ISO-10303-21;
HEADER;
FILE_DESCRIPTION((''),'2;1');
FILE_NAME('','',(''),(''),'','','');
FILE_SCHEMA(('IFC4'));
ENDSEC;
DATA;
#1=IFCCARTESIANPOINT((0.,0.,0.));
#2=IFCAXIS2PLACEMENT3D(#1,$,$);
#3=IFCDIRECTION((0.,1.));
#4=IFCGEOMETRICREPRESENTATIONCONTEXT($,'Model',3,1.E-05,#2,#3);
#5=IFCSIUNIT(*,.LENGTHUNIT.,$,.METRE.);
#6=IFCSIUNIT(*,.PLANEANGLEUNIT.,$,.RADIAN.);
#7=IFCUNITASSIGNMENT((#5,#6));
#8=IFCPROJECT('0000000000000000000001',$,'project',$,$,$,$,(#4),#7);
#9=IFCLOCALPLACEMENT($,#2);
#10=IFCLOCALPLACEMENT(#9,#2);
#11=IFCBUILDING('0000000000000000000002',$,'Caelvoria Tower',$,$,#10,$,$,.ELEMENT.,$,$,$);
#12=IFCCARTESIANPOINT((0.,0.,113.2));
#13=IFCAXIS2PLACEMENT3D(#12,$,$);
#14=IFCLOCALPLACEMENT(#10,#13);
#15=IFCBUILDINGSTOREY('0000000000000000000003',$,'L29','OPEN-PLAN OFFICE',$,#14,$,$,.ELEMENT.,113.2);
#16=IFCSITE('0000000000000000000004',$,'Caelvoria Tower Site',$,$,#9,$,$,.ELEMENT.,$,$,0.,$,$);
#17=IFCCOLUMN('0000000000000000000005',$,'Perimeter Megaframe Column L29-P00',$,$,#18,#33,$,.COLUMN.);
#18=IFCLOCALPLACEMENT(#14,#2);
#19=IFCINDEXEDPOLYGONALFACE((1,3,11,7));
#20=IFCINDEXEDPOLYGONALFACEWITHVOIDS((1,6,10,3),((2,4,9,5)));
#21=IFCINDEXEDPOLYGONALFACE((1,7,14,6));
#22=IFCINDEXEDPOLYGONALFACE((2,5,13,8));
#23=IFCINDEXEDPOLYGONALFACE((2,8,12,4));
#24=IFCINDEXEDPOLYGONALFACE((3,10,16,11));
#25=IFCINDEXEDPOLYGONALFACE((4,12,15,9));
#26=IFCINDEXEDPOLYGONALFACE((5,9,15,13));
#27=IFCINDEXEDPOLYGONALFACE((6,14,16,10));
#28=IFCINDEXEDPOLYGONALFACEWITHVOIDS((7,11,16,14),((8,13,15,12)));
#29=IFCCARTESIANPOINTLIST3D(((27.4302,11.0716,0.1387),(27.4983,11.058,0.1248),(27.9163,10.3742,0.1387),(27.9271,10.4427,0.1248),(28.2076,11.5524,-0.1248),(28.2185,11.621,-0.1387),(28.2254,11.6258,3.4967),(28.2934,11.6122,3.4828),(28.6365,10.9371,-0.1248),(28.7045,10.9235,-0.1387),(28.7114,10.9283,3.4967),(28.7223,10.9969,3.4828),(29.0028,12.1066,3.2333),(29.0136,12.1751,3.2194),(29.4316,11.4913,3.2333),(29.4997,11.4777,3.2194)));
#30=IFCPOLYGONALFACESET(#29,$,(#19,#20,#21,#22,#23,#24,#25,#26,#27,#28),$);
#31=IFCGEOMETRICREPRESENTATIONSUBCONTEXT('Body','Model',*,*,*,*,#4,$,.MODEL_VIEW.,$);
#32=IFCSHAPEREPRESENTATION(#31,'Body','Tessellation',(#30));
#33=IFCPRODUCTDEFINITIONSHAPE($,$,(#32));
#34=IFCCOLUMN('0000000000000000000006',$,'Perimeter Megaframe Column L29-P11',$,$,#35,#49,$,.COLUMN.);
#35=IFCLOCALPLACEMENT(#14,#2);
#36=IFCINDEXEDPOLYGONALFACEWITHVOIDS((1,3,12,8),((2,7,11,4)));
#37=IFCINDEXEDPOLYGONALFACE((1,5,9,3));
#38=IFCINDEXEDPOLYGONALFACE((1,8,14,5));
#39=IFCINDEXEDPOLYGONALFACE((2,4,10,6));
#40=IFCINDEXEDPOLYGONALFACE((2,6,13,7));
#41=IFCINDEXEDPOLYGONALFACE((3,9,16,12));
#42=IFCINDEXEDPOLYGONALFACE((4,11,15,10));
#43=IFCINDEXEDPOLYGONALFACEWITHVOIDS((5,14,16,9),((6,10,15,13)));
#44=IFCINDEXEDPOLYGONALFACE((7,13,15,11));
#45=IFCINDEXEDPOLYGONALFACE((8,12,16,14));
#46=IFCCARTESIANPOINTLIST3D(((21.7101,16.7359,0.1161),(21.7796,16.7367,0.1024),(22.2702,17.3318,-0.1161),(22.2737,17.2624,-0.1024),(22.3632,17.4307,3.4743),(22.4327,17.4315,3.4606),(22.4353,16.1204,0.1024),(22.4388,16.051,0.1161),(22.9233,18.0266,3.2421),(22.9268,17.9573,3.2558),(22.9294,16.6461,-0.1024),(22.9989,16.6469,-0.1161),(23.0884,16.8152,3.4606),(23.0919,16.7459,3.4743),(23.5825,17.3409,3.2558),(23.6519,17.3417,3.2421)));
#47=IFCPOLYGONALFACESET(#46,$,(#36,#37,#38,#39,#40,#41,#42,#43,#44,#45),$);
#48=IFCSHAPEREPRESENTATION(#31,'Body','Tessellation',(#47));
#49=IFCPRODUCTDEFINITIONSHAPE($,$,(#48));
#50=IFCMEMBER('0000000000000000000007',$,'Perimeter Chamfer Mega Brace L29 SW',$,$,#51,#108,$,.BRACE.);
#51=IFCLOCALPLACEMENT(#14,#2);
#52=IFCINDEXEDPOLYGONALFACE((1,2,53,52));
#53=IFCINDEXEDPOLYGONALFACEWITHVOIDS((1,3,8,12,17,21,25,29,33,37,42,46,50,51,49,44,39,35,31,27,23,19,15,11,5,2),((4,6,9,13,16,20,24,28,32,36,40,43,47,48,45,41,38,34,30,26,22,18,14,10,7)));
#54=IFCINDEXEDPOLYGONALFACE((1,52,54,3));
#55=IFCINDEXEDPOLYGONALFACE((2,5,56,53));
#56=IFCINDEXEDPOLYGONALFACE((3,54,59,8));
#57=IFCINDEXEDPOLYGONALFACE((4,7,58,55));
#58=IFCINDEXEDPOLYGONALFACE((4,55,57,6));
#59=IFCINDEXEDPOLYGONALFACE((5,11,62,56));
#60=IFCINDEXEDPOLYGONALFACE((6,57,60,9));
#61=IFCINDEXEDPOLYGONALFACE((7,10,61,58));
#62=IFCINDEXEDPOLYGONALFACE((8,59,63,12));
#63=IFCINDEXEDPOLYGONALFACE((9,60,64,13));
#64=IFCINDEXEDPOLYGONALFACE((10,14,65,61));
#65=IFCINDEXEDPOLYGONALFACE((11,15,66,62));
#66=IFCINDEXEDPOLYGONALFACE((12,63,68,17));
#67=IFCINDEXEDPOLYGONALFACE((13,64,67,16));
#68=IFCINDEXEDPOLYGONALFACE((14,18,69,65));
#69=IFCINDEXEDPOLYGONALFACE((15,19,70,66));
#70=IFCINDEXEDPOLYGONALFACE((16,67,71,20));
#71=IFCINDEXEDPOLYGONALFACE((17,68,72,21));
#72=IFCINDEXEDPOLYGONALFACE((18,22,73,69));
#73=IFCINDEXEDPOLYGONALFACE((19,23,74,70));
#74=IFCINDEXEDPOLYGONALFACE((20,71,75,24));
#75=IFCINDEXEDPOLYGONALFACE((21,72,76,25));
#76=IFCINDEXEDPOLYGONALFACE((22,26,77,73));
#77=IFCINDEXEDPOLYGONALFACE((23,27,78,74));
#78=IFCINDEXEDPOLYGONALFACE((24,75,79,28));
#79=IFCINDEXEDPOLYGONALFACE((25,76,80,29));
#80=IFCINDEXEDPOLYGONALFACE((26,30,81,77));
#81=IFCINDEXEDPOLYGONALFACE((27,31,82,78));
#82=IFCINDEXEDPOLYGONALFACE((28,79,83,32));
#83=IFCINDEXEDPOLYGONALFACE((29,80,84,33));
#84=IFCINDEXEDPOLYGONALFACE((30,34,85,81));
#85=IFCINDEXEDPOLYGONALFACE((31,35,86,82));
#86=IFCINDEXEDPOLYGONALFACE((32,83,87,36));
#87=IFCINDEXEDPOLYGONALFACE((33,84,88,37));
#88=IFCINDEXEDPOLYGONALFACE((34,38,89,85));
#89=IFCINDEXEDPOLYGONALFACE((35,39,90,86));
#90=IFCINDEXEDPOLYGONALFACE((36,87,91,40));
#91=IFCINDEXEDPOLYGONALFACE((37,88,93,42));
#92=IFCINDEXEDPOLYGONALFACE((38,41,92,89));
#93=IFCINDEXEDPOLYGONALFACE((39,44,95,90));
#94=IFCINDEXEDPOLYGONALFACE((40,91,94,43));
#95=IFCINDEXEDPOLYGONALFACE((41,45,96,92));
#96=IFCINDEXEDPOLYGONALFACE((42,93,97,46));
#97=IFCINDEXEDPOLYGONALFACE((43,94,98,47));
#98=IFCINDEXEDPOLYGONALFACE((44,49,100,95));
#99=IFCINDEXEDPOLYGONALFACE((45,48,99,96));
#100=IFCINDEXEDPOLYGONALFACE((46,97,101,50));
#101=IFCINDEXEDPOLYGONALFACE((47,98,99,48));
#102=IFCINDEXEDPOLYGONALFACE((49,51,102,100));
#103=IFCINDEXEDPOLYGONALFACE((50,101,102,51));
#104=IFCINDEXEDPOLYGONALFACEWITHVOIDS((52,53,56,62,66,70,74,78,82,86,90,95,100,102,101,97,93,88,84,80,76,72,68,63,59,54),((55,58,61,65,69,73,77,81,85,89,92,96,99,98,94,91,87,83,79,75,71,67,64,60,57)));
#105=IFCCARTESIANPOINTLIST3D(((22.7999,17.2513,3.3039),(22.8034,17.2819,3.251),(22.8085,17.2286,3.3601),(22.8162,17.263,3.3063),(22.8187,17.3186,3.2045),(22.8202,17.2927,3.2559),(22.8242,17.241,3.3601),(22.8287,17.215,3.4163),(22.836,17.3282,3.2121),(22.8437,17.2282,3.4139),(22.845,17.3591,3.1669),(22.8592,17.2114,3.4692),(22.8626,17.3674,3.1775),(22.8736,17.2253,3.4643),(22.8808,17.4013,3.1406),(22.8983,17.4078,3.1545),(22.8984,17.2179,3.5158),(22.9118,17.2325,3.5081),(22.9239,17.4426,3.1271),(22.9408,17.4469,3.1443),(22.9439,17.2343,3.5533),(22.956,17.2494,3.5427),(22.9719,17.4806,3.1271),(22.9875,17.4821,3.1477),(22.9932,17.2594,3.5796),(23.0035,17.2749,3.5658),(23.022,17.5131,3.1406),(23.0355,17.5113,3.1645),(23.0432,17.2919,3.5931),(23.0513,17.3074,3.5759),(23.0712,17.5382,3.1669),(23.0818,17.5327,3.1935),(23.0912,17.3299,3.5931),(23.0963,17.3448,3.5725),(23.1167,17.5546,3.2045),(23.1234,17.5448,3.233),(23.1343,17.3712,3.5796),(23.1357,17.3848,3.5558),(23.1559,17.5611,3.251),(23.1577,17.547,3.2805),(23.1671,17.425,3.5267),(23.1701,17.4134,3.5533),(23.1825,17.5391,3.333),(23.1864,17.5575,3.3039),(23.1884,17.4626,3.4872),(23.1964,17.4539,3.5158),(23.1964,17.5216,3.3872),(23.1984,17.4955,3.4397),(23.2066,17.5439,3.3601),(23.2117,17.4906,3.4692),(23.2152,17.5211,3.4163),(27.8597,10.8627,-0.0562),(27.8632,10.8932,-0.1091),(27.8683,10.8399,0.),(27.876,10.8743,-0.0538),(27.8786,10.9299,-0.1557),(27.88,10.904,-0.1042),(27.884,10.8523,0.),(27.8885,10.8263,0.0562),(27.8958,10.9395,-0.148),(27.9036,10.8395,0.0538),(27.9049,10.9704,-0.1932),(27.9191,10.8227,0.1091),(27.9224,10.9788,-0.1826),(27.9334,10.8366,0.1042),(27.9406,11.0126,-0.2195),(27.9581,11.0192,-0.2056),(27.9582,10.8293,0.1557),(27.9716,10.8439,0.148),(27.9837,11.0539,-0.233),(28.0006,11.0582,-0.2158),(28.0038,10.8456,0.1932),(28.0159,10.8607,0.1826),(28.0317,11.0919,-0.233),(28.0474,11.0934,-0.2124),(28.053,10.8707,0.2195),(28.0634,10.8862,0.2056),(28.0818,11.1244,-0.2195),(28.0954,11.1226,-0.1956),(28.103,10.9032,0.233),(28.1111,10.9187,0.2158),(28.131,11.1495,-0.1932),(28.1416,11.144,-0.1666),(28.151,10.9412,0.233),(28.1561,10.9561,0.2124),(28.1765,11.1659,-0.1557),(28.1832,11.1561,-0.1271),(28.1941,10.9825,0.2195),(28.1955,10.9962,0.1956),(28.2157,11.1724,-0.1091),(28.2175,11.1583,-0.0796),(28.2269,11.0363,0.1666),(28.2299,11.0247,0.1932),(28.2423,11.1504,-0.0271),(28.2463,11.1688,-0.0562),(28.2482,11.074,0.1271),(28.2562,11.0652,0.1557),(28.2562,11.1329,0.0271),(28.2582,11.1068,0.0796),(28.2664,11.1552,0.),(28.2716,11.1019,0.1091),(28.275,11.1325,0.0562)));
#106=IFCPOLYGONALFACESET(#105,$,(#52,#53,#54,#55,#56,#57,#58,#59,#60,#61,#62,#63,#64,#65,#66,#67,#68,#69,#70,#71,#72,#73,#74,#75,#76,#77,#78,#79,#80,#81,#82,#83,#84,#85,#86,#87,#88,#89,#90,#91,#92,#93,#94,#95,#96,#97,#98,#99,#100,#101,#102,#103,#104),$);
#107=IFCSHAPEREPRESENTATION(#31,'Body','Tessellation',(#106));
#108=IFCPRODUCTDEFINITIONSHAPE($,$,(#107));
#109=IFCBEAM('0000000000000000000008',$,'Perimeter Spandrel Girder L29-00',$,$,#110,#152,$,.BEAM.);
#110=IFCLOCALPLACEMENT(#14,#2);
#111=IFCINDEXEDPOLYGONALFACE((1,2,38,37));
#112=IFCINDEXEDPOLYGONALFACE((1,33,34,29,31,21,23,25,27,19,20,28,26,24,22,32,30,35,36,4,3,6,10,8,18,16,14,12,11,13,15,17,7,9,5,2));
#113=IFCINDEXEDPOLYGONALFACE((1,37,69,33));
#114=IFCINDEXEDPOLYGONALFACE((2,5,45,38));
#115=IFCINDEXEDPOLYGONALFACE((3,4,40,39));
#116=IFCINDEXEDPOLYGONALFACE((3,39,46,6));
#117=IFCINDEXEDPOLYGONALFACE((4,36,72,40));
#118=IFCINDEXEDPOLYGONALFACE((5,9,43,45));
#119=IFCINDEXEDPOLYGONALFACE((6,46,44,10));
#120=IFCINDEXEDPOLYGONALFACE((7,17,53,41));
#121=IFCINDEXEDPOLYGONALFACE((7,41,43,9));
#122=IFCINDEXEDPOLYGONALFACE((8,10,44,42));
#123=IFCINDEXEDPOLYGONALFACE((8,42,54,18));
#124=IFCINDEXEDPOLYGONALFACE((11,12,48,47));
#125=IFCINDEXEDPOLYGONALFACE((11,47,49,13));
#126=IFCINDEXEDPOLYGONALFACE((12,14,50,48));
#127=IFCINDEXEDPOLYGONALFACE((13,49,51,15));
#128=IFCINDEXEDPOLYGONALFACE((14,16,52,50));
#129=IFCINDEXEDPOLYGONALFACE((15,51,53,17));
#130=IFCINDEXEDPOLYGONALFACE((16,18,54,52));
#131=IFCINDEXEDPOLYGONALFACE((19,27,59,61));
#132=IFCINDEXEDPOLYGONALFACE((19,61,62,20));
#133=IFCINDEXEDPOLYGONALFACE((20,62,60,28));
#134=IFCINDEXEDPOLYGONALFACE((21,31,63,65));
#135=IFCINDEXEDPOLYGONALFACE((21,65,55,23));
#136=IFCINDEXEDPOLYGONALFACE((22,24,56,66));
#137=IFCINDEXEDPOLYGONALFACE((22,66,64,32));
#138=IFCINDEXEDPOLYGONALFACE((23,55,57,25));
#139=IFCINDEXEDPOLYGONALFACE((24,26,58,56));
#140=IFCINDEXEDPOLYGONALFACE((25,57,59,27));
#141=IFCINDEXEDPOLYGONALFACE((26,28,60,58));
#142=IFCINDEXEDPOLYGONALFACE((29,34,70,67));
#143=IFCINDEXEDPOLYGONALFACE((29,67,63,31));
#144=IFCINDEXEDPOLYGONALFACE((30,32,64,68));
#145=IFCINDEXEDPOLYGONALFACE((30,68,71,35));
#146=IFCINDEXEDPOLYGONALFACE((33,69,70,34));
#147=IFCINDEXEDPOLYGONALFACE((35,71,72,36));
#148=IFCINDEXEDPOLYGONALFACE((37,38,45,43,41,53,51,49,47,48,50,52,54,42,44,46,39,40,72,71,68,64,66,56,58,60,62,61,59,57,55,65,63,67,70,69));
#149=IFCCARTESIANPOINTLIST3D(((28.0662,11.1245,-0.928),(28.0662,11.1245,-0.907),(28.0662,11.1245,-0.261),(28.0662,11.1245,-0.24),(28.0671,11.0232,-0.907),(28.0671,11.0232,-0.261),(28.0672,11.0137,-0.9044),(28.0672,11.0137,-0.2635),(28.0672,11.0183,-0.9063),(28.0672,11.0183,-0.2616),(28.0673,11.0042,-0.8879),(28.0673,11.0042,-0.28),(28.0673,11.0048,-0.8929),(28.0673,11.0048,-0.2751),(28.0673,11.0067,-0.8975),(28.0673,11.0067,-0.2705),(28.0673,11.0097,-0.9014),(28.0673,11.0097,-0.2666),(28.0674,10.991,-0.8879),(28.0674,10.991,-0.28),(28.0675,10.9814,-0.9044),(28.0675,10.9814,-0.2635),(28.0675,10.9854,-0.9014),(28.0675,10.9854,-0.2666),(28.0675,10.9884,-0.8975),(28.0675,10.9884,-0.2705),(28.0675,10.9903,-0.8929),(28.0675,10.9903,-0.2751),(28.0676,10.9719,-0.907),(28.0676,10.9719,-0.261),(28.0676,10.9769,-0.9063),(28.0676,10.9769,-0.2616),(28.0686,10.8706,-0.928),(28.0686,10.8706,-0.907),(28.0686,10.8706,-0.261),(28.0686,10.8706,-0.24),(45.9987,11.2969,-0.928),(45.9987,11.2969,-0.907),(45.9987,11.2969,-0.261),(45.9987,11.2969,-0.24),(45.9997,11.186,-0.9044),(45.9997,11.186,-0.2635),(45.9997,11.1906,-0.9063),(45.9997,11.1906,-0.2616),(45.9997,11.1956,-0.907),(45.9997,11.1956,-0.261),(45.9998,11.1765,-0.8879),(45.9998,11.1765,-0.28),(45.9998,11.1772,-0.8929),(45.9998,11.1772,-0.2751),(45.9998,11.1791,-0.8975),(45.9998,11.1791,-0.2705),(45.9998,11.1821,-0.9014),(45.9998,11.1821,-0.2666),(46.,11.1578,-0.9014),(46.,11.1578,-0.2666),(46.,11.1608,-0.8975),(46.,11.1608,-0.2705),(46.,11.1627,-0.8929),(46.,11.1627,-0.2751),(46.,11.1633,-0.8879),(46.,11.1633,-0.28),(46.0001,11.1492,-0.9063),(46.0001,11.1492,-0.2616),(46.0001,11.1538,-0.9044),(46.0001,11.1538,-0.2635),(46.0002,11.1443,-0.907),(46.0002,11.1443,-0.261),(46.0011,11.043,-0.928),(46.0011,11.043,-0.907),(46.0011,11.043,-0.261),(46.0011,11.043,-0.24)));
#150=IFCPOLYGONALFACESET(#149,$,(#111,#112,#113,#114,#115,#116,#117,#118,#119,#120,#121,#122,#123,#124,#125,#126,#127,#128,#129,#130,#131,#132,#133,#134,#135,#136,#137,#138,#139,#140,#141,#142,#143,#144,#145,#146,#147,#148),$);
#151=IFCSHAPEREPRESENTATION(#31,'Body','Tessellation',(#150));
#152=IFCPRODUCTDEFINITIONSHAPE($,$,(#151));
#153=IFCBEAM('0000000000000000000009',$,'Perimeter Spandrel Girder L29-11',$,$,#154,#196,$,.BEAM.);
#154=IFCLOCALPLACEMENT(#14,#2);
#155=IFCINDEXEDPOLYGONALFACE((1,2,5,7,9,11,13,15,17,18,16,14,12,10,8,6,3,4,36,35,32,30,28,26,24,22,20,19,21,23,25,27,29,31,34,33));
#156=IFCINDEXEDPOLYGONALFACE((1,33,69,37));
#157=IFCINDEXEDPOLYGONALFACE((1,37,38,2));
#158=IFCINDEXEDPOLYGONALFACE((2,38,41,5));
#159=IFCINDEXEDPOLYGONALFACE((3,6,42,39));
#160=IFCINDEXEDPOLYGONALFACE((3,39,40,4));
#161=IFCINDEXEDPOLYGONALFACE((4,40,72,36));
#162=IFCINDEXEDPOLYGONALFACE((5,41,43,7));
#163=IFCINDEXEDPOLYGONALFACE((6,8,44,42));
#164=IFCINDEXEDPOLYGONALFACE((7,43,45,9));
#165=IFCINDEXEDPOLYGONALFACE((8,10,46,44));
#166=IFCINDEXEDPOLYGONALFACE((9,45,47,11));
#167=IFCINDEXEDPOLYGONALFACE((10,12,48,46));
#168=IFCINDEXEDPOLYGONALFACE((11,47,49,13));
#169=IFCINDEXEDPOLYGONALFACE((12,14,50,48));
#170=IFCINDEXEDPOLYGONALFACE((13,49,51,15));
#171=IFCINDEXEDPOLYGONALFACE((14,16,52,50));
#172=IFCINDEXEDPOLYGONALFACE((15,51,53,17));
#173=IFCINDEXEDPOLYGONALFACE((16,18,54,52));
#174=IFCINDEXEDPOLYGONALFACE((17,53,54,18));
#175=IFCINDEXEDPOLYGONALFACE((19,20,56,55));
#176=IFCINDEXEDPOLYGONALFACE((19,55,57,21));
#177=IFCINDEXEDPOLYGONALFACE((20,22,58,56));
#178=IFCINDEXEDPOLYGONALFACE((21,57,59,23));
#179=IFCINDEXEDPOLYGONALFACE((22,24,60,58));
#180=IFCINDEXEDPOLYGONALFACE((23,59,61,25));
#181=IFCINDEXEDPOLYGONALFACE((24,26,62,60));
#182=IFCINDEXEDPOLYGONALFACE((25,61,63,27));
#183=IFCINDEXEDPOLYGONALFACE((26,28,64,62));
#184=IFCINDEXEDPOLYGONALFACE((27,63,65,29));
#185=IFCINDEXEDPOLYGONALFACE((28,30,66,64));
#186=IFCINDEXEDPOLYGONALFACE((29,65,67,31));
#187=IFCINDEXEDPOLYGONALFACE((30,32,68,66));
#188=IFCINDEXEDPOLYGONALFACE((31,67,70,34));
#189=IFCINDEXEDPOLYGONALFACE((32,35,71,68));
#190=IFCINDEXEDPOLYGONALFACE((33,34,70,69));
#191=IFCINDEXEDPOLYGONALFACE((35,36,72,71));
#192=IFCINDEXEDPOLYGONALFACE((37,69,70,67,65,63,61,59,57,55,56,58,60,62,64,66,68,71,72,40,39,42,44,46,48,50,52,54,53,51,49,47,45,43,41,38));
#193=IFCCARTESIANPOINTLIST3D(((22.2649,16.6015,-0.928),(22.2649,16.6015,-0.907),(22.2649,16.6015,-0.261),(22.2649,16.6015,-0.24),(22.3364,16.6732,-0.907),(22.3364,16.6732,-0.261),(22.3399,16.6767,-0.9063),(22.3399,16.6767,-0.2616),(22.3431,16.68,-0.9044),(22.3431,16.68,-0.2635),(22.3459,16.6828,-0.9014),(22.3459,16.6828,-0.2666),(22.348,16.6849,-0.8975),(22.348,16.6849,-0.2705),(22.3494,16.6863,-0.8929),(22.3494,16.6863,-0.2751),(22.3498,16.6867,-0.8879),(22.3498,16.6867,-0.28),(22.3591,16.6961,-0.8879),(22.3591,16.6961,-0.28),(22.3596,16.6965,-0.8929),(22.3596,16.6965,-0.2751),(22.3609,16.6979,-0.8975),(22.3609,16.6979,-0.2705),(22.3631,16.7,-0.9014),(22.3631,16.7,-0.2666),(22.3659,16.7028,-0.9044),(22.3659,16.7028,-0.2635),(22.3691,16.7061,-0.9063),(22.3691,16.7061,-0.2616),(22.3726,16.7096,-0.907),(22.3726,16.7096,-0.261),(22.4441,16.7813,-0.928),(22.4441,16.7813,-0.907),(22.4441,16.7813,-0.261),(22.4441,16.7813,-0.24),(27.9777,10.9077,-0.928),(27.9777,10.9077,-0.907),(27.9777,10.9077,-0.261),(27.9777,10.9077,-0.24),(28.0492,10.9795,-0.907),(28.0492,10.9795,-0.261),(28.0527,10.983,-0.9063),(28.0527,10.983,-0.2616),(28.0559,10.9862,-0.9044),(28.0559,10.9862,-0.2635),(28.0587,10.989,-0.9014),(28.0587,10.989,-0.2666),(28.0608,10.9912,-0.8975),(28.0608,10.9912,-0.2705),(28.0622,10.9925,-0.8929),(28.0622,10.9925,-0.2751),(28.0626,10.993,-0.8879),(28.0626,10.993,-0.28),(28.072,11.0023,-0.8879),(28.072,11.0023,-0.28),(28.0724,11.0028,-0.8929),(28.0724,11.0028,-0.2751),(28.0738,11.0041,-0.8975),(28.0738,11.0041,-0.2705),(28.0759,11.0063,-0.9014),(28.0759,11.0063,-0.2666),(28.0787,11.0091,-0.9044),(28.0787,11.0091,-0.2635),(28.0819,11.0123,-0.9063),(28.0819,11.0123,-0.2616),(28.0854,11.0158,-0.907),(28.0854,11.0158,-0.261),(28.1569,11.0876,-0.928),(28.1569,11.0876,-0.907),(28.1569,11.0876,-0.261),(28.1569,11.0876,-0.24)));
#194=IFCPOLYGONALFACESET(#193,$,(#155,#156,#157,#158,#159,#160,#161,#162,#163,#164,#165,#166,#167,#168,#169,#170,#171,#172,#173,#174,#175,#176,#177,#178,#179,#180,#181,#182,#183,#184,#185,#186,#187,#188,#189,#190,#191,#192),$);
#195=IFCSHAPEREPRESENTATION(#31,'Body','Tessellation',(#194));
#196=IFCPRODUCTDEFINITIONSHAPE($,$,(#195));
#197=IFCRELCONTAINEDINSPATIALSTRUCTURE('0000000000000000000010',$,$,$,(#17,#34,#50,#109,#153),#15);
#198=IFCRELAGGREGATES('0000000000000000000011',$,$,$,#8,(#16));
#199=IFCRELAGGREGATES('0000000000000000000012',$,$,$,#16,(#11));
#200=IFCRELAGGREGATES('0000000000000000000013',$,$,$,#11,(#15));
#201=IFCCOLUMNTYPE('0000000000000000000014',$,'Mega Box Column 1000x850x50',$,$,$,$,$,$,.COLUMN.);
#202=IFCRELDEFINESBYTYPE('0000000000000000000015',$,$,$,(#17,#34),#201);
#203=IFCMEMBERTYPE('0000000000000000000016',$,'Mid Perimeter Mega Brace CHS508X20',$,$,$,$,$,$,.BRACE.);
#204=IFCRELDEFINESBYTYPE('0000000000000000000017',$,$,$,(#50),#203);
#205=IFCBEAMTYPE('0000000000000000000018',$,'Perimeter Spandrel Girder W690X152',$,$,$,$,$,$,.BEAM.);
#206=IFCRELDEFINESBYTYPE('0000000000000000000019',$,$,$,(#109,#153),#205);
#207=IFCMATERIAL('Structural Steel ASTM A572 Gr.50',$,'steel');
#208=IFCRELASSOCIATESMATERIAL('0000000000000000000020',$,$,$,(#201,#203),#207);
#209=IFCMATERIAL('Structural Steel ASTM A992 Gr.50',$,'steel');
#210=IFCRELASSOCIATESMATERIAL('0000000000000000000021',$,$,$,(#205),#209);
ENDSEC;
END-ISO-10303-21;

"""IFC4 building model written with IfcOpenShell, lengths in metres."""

from ifc_helpers import new_model, si_unit, direction, frame, origin, origin_2d, place, context, subcontext, project, spatial, hollow_rectangle, hollow_circle, i_section, extrude, material, material_profile, profile_set, type_object, element, save


model = new_model("IFC4")

# Units and contexts
model_context = context("Model", 3, precision=1e-05, world=origin(), true_north=direction((0.0, 1.0)))
body_context = subcontext(model_context, "Body", "Model", "MODEL_VIEW")
ifc_project = project(units=[si_unit("LENGTHUNIT", "METRE"), si_unit("PLANEANGLEUNIT", "RADIAN")], contexts=[model_context])

# Site, building, storey
site_placement = place(None, origin())
site = spatial("IfcSite", under=ifc_project, at=site_placement, Name="Caelvoria Tower Site", CompositionType="ELEMENT", RefElevation=0.0)
building_placement = place(site_placement, origin())
building = spatial("IfcBuilding", under=site, at=building_placement, Name="Caelvoria Tower", CompositionType="ELEMENT")
storey_placement = place(building_placement, frame((0.0, 0.0, 113.2)))
storey = spatial("IfcBuildingStorey", under=building, at=storey_placement, Name="L29", Description="OPEN-PLAN OFFICE", CompositionType="ELEMENT", Elevation=113.2)

# Columns
ifc_material_1 = material(Name="Structural Steel ASTM A572 Gr.50", Category="steel")
ifc_material_profile_1 = material_profile(ifc_material_1, hollow_rectangle(XDim=0.8501, YDim=1.0, WallThickness=0.05, at=origin_2d()), Name="Structural Steel ASTM A572 Gr.50")
ifc_profile_set_1 = profile_set([ifc_material_profile_1], Name="BOX1000X850X50 - Structural Steel ASTM A572 Gr.50")
column_type = type_object("IfcColumnType", Name="Mega Box Column 1000x850x50", PredefinedType="COLUMN", material=ifc_profile_set_1)
column_1_placement = place(storey_placement, frame((28.0674, 10.9976, 0.0), z_axis=(0.2275, 0.158559, 0.960782), x_axis=(-0.571788, 0.820402, 0.0)))
element("IfcColumn", 1, at=column_1_placement, inside=storey, type_object=column_type, Name="Perimeter Megaframe Column L29-P00", PredefinedType="COLUMN", context=body_context, shape_type="SweptSolid", body=[
    extrude(hollow_rectangle(XDim=0.8501, YDim=1.0, WallThickness=0.05, at=origin_2d()), origin(), (0.0, 0.0, 1.0), 3.4951),
])
column_2_placement = place(storey_placement, frame((22.3545, 16.6914, 0.0), z_axis=(0.187079, 0.199038, 0.96197), x_axis=(-0.658831, -0.700947, 0.273157)))
element("IfcColumn", 2, at=column_2_placement, inside=storey, type_object=column_type, Name="Perimeter Megaframe Column L29-P11", PredefinedType="COLUMN", context=body_context, shape_type="SweptSolid", body=[
    extrude(hollow_rectangle(XDim=0.8501, YDim=1.0, WallThickness=0.05, at=origin_2d()), origin(), (0.0, 0.0, 1.0), 3.491),
])

# Member
ifc_material_profile_2 = material_profile(ifc_material_1, hollow_circle(Radius=0.2539, WallThickness=0.02, at=origin_2d()), Name="Structural Steel ASTM A572 Gr.50")
ifc_profile_set_2 = profile_set([ifc_material_profile_2], Name="CHS508X20 - Structural Steel ASTM A572 Gr.50")
member_type = type_object("IfcMemberType", Name="Mid Perimeter Mega Brace CHS508X20", PredefinedType="BRACE", material=ifc_profile_set_2)
member_placement = place(storey_placement, frame((28.0674, 10.9976, 0.0), z_axis=(-0.57399, 0.724736, 0.381173), x_axis=(-0.783919, -0.620863, 0.0)))
element("IfcMember", 3, at=member_placement, inside=storey, type_object=member_type, Name="Perimeter Chamfer Mega Brace L29 SW", PredefinedType="BRACE", context=body_context, shape_type="SweptSolid", body=[
    extrude(hollow_circle(Radius=0.2539, WallThickness=0.02, at=origin_2d()), origin(), (0.0, 0.0, 1.0), 8.8152),
])

# Beams
ifc_material_2 = material(Name="Structural Steel ASTM A992 Gr.50", Category="steel")
ifc_material_profile_3 = material_profile(ifc_material_2, i_section(OverallWidth=0.2539, OverallDepth=0.688, WebThickness=0.0132, FlangeThickness=0.021, FilletRadius=0.019, at=origin_2d()), Name="Structural Steel ASTM A992 Gr.50")
ifc_profile_set_3 = profile_set([ifc_material_profile_3], Name="W690X152 - Structural Steel ASTM A992 Gr.50")
beam_type = type_object("IfcBeamType", Name="Perimeter Spandrel Girder W690X152", PredefinedType="BEAM", material=ifc_profile_set_3)
beam_1_placement = place(storey_placement, frame((28.0674, 10.9976, -0.584), z_axis=(0.999954, 0.009611, 0.0), x_axis=(-0.009611, 0.999954, 0.0)))
element("IfcBeam", 4, at=beam_1_placement, inside=storey, type_object=beam_type, Name="Perimeter Spandrel Girder L29-00", PredefinedType="BEAM", context=body_context, shape_type="SweptSolid", body=[
    extrude(i_section(OverallWidth=0.2539, OverallDepth=0.688, WebThickness=0.0132, FlangeThickness=0.021, FilletRadius=0.019, at=origin_2d()), origin(), (0.0, 0.0, 1.0), 17.9333),
])
beam_2_placement = place(storey_placement, frame((22.3545, 16.6914, -0.584), z_axis=(0.708286, -0.705925, 0.0), x_axis=(0.705925, 0.708286, 0.0)))
element("IfcBeam", 5, at=beam_2_placement, inside=storey, type_object=beam_type, Name="Perimeter Spandrel Girder L29-11", PredefinedType="BEAM", context=body_context, shape_type="SweptSolid", body=[
    extrude(i_section(OverallWidth=0.2539, OverallDepth=0.688, WebThickness=0.0132, FlangeThickness=0.021, FilletRadius=0.019, at=origin_2d()), origin(), (0.0, 0.0, 1.0), 8.0657),
])

save(model, "model.ifc")
